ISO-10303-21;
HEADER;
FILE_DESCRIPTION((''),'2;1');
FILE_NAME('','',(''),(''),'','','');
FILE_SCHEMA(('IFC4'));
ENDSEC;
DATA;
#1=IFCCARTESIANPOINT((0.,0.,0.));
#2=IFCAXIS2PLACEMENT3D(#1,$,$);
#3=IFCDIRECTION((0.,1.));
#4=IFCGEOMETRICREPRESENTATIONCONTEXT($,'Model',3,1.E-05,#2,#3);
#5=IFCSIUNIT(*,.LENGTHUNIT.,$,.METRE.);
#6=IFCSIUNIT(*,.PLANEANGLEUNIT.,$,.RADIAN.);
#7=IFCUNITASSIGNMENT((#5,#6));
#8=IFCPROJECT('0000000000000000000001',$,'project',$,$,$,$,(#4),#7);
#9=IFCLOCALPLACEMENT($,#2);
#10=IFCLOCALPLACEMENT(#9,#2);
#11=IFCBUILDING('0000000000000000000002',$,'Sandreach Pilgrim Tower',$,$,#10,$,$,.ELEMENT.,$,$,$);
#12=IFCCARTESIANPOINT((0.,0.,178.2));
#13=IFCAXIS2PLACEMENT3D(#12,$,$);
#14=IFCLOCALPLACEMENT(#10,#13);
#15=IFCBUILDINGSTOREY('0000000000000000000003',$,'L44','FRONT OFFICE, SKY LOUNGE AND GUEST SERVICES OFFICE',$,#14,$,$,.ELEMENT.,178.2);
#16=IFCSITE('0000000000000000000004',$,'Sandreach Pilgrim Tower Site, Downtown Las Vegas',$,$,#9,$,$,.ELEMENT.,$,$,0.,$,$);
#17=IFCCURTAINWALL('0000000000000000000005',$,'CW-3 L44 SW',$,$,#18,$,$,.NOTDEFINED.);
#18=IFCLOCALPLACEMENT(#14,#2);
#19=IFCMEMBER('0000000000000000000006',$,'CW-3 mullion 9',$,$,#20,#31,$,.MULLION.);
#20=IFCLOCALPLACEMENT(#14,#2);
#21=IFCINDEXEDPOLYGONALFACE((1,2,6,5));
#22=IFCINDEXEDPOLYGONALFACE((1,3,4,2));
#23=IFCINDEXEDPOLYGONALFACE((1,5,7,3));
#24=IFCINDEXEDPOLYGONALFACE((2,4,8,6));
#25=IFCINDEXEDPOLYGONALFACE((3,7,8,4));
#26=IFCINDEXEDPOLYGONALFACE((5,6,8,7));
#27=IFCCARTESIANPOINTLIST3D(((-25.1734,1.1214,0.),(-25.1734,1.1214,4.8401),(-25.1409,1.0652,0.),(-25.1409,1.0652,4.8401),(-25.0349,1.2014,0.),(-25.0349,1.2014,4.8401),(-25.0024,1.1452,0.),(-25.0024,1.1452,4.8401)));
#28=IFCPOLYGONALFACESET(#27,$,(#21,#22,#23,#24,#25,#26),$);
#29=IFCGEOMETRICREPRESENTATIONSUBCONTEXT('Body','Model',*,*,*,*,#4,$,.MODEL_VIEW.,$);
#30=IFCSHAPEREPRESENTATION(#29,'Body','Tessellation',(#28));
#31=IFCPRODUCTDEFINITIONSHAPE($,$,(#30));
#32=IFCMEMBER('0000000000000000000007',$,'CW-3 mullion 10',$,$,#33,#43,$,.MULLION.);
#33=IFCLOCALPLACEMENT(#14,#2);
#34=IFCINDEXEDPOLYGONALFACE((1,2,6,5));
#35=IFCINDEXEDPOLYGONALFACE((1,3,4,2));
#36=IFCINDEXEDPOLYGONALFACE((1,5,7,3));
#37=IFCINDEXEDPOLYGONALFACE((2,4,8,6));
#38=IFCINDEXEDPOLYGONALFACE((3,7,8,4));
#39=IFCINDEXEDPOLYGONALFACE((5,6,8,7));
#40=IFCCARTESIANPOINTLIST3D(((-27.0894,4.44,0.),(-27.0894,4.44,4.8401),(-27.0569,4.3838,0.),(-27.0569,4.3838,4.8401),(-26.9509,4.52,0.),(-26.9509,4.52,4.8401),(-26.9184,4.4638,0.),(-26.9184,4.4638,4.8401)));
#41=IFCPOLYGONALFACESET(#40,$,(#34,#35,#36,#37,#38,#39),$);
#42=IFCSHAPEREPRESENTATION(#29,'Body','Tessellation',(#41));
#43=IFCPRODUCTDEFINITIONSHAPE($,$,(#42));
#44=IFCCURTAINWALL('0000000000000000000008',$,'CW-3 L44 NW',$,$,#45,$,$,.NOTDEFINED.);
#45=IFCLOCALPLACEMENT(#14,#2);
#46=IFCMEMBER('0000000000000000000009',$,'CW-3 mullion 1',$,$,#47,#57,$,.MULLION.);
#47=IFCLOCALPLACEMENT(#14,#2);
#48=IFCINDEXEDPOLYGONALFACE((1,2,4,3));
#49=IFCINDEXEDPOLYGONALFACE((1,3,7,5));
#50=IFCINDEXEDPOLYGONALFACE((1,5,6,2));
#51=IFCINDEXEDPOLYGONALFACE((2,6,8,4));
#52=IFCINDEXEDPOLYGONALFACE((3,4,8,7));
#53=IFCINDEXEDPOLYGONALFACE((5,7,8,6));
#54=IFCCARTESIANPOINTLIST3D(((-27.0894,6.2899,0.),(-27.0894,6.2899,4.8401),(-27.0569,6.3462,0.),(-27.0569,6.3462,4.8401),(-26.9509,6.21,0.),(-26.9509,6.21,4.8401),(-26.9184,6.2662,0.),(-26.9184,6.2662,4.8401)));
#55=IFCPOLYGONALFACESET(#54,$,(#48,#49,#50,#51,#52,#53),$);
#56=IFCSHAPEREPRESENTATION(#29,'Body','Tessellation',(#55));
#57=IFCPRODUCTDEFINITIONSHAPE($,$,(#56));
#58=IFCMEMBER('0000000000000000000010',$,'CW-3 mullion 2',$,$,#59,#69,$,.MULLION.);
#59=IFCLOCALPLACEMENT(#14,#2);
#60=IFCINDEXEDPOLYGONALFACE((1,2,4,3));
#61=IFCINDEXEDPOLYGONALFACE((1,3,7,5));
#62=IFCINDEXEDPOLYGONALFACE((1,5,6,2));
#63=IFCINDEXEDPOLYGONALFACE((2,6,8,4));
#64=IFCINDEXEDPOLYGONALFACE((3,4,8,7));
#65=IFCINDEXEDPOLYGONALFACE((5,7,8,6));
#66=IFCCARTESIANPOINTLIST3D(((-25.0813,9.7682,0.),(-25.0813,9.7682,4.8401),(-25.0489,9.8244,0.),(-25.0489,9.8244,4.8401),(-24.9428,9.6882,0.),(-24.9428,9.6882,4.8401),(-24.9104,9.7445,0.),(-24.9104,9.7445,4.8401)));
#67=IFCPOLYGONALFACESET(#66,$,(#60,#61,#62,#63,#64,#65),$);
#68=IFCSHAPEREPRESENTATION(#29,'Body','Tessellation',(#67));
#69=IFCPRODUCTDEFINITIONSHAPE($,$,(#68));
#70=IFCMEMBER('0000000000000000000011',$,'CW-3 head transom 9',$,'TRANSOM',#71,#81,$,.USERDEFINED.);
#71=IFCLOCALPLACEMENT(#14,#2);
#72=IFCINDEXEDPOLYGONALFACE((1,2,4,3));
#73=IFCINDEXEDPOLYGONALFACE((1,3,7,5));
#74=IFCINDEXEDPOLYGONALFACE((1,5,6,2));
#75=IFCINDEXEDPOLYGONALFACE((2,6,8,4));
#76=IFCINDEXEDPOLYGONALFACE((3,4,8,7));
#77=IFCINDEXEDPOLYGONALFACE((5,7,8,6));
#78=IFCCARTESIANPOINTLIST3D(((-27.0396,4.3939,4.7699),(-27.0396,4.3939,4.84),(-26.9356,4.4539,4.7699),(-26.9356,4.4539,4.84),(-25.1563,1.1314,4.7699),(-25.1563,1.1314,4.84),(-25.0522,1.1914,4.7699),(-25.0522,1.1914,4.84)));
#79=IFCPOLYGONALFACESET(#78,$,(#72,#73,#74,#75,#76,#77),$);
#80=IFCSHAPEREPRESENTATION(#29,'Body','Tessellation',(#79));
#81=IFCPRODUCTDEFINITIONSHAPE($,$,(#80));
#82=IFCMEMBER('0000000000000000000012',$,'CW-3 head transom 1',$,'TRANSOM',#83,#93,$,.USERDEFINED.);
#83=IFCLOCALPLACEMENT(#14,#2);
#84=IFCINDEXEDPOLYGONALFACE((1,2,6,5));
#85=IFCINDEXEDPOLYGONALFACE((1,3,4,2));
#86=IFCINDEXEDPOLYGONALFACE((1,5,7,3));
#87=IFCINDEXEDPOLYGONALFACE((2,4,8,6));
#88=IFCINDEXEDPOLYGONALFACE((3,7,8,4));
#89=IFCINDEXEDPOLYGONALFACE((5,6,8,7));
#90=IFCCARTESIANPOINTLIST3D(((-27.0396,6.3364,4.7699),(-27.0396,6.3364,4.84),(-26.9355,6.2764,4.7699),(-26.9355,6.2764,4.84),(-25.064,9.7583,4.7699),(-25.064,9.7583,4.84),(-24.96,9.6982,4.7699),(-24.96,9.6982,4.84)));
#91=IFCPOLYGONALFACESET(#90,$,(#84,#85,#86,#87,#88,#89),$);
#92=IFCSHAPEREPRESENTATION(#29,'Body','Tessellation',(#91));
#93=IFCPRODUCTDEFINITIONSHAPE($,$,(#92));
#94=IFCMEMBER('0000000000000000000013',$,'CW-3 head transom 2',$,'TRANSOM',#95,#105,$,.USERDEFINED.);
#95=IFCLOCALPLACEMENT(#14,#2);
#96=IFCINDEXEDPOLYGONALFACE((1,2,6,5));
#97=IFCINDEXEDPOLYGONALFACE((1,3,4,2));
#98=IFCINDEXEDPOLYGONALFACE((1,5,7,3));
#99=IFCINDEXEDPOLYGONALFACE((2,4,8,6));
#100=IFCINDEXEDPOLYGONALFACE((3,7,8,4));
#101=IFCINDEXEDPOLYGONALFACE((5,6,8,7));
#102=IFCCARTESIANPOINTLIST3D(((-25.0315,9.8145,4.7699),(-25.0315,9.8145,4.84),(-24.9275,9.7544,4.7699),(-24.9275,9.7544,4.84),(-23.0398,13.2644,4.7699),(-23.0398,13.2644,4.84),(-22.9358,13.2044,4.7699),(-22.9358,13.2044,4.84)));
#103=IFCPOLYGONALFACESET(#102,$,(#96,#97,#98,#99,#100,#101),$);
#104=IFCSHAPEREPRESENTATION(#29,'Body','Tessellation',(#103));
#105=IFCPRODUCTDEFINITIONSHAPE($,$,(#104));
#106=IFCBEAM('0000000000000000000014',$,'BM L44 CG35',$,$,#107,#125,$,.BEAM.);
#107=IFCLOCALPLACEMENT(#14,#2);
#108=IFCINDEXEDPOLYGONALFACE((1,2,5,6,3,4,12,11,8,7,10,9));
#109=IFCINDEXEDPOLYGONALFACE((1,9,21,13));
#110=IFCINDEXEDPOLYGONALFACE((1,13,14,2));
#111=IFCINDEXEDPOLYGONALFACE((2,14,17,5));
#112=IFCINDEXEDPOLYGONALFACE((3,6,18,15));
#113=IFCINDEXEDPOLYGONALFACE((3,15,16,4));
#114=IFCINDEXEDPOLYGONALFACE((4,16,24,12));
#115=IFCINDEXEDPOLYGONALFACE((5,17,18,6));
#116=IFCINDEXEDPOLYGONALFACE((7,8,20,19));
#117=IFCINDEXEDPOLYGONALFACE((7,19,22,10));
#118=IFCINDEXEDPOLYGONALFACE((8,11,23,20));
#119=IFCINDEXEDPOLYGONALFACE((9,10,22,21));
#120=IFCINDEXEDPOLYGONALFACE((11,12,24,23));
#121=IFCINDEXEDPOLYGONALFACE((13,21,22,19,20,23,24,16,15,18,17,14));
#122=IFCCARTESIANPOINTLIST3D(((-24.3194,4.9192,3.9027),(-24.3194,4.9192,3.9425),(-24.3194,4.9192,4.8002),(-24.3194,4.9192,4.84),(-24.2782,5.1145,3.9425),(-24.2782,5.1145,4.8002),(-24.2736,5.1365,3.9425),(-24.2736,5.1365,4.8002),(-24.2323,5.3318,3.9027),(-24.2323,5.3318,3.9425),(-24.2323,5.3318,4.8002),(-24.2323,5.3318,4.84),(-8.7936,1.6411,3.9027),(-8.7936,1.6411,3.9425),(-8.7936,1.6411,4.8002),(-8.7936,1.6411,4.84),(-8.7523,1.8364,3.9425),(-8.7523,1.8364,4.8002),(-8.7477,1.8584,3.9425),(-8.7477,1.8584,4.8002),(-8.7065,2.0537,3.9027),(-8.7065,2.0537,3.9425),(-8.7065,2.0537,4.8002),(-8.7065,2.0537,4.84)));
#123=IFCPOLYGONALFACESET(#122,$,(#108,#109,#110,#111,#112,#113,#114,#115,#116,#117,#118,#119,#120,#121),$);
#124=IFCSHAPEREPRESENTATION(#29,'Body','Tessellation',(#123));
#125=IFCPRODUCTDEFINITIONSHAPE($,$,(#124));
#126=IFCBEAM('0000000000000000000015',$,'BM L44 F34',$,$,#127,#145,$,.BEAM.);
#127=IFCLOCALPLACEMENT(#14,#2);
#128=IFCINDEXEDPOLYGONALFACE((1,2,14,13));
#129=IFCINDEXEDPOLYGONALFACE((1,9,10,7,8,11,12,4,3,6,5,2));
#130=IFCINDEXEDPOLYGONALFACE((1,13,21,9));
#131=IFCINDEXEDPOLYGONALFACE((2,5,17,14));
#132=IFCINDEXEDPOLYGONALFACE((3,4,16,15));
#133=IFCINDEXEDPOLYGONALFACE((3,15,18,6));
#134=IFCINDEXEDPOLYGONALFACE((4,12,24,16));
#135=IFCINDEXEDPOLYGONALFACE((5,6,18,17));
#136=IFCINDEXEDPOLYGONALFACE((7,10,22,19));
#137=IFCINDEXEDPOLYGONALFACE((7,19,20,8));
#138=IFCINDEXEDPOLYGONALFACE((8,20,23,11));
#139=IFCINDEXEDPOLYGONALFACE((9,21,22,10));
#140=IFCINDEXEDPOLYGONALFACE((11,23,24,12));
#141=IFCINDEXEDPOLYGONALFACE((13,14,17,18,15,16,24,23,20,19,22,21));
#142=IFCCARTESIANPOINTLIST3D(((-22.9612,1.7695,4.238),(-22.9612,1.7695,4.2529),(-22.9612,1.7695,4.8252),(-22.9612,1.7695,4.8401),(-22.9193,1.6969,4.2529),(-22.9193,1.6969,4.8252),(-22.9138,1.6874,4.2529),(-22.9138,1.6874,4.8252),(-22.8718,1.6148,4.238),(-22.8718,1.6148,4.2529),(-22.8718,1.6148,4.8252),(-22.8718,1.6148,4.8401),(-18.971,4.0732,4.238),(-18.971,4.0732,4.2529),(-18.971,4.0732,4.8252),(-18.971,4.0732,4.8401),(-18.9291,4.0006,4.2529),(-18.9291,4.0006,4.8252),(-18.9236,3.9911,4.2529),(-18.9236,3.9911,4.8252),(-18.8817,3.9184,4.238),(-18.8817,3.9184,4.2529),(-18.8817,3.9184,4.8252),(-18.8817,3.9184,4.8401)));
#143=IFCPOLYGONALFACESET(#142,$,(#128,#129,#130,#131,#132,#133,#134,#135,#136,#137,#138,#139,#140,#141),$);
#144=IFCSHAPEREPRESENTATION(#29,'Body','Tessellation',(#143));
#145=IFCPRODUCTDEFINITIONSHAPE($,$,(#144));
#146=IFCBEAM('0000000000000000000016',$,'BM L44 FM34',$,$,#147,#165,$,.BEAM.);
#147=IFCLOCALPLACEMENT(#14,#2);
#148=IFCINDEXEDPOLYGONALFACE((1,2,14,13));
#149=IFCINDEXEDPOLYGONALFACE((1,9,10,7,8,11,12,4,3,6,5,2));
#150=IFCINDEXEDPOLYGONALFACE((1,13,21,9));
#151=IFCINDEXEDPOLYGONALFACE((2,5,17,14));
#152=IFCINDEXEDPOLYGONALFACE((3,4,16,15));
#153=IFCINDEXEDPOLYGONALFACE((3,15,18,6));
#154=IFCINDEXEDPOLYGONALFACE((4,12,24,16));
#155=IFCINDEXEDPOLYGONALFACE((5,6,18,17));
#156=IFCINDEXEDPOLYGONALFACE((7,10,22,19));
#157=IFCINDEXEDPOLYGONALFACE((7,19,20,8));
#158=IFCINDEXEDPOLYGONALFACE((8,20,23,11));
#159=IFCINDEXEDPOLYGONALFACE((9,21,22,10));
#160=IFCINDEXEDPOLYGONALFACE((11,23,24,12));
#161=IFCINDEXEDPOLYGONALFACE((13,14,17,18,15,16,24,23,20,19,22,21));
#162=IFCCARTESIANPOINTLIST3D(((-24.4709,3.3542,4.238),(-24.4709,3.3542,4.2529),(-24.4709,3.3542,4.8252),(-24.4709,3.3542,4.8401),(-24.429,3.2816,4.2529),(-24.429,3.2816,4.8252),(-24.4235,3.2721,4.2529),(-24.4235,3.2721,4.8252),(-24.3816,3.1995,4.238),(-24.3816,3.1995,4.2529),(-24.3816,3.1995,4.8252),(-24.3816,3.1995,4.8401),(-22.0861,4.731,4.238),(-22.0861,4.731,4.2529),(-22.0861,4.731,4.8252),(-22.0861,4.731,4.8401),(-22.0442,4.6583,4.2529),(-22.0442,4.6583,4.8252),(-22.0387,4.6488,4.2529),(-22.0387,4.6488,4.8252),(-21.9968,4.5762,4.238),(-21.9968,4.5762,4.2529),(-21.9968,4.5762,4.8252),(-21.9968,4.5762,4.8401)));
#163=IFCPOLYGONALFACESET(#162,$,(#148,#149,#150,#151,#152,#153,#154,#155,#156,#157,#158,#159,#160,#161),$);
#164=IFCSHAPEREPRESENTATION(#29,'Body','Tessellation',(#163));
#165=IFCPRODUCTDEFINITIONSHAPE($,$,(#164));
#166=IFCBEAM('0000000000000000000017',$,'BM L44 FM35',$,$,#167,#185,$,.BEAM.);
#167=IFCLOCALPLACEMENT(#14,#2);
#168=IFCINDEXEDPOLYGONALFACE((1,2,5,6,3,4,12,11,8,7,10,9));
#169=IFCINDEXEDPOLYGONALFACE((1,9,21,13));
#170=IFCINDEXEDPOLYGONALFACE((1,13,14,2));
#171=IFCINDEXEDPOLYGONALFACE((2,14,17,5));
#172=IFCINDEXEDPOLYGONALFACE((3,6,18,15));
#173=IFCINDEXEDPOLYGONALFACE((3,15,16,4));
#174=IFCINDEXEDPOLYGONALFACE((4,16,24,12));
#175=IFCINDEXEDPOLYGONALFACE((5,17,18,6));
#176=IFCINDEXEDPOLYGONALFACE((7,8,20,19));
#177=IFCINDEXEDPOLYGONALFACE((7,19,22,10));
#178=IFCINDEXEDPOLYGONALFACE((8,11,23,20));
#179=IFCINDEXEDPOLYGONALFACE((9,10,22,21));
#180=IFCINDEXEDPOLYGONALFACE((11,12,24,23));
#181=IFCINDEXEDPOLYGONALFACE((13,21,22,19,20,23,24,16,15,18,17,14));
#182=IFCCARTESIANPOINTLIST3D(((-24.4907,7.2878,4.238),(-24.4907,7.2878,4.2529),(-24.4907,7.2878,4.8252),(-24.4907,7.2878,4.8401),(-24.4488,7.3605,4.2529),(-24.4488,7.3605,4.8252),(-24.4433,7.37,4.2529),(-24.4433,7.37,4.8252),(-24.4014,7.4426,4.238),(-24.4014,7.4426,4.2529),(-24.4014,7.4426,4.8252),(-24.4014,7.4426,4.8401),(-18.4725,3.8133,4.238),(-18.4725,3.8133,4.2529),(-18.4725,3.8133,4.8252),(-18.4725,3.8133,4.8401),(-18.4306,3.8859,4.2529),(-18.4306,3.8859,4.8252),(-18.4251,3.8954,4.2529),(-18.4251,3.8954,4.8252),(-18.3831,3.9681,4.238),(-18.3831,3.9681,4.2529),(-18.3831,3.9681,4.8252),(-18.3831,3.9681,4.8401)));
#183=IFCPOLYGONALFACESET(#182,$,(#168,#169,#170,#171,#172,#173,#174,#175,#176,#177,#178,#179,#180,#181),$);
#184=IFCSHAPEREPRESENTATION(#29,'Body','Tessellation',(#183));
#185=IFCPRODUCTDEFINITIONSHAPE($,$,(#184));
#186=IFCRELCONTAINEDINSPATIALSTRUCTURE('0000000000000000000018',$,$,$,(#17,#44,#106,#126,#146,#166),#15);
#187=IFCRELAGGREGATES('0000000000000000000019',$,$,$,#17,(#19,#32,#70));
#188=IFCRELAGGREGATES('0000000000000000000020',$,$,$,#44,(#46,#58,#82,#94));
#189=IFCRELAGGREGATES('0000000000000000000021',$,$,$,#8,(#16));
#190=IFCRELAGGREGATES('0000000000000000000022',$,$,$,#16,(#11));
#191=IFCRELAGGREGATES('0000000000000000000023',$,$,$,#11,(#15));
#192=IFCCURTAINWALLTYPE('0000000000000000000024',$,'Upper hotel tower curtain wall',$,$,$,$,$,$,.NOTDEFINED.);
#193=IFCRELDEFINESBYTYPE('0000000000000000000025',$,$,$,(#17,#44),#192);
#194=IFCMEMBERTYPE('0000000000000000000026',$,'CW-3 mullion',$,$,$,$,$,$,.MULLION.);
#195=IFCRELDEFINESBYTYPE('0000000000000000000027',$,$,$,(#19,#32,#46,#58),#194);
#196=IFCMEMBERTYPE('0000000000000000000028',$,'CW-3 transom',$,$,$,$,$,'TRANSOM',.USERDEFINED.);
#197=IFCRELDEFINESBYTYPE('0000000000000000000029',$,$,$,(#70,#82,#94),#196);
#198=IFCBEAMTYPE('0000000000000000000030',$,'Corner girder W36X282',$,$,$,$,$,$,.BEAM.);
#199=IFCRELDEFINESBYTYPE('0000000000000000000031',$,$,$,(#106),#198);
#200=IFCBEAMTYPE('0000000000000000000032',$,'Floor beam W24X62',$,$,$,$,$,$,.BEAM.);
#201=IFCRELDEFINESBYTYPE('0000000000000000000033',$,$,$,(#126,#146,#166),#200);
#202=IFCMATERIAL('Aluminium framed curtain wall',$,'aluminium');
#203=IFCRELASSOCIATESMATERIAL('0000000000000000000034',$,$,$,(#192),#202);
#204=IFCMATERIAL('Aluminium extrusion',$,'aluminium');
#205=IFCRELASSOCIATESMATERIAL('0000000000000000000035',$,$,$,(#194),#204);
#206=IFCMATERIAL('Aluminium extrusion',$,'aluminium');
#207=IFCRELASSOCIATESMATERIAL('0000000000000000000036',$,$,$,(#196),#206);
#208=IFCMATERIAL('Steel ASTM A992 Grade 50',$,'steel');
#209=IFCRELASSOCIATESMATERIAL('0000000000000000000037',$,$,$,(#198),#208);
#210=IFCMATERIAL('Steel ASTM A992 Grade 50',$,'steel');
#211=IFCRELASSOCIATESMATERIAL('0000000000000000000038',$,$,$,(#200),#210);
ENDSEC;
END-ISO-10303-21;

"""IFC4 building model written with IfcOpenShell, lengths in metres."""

from ifc_helpers import new_model, si_unit, direction, frame, origin, origin_2d, place, context, subcontext, project, spatial, rectangle, i_section, extrude, material, material_profile, profile_set, type_object, element, aggregate, save


model = new_model("IFC4")

# Units and contexts
model_context = context("Model", 3, precision=1e-05, world=origin(), true_north=direction((0.0, 1.0)))
body_context = subcontext(model_context, "Body", "Model", "MODEL_VIEW")
ifc_project = project(units=[si_unit("LENGTHUNIT", "METRE"), si_unit("PLANEANGLEUNIT", "RADIAN")], contexts=[model_context])

# Site, building, storey
site_placement = place(None, origin())
site = spatial("IfcSite", under=ifc_project, at=site_placement, Name="Sandreach Pilgrim Tower Site, Downtown Las Vegas", CompositionType="ELEMENT", RefElevation=0.0)
building_placement = place(site_placement, origin())
building = spatial("IfcBuilding", under=site, at=building_placement, Name="Sandreach Pilgrim Tower", CompositionType="ELEMENT")
storey_placement = place(building_placement, frame((0.0, 0.0, 178.2)))
storey = spatial("IfcBuildingStorey", under=building, at=storey_placement, Name="L44", Description="FRONT OFFICE, SKY LOUNGE AND GUEST SERVICES OFFICE", CompositionType="ELEMENT", Elevation=178.2)

# Curtain walls, members
ifc_material_1 = material(Name="Aluminium framed curtain wall", Category="aluminium")
curtain_wall_type = type_object("IfcCurtainWallType", Name="Upper hotel tower curtain wall", PredefinedType="NOTDEFINED", material=ifc_material_1)
curtain_wall_1_placement = place(storey_placement, origin())
curtain_wall_1 = element("IfcCurtainWall", 1, at=curtain_wall_1_placement, inside=storey, type_object=curtain_wall_type, Name="CW-3 L44 SW", PredefinedType="NOTDEFINED")
ifc_material_2 = material(Name="Aluminium extrusion", Category="aluminium")
ifc_material_profile_1 = material_profile(ifc_material_2, rectangle(XDim=0.0649, YDim=0.1599, at=origin_2d()), Name="CW-3M 65X160")
ifc_profile_set_1 = profile_set([ifc_material_profile_1], Name="Aluminium extrusion")
member_type_1 = type_object("IfcMemberType", Name="CW-3 mullion", PredefinedType="MULLION", material=ifc_profile_set_1)
member_1_placement = place(storey_placement, frame((-25.0879, 1.1333, 0.0), z_axis=(0.0, 0.0, 1.0), x_axis=(-0.5, 0.866025, 0.0)))
member_1 = element("IfcMember", 2, at=member_1_placement, type_object=member_type_1, Name="CW-3 mullion 9", PredefinedType="MULLION", context=body_context, shape_type="SweptSolid", body=[
    extrude(rectangle(XDim=0.0649, YDim=0.1599, at=origin_2d()), origin(), (0.0, 0.0, 1.0), 4.8401),
])
member_2_placement = place(storey_placement, frame((-27.0039, 4.4519, 0.0), z_axis=(0.0, 0.0, 1.0), x_axis=(-0.5, 0.866025, 0.0)))
member_2 = element("IfcMember", 3, at=member_2_placement, type_object=member_type_1, Name="CW-3 mullion 10", PredefinedType="MULLION", context=body_context, shape_type="SweptSolid", body=[
    extrude(rectangle(XDim=0.0649, YDim=0.1599, at=origin_2d()), origin(), (0.0, 0.0, 1.0), 4.8401),
])
curtain_wall_2_placement = place(storey_placement, origin())
curtain_wall_2 = element("IfcCurtainWall", 4, at=curtain_wall_2_placement, inside=storey, type_object=curtain_wall_type, Name="CW-3 L44 NW", PredefinedType="NOTDEFINED")
member_3_placement = place(storey_placement, frame((-27.0039, 6.2781, 0.0), z_axis=(0.0, 0.0, 1.0), x_axis=(0.5, 0.866025, 0.0)))
member_3 = element("IfcMember", 5, at=member_3_placement, type_object=member_type_1, Name="CW-3 mullion 1", PredefinedType="MULLION", context=body_context, shape_type="SweptSolid", body=[
    extrude(rectangle(XDim=0.0649, YDim=0.1599, at=origin_2d()), origin(), (0.0, 0.0, 1.0), 4.8401),
])
member_4_placement = place(storey_placement, frame((-24.9958, 9.7563, 0.0), z_axis=(0.0, 0.0, 1.0), x_axis=(0.5, 0.866025, 0.0)))
member_4 = element("IfcMember", 6, at=member_4_placement, type_object=member_type_1, Name="CW-3 mullion 2", PredefinedType="MULLION", context=body_context, shape_type="SweptSolid", body=[
    extrude(rectangle(XDim=0.0649, YDim=0.1599, at=origin_2d()), origin(), (0.0, 0.0, 1.0), 4.8401),
])

# Members
ifc_material_3 = material(Name="Aluminium extrusion", Category="aluminium")
ifc_material_profile_2 = material_profile(ifc_material_3, rectangle(XDim=0.1201, YDim=0.0701, at=origin_2d()), Name="CW-3T 120X70")
ifc_profile_set_2 = profile_set([ifc_material_profile_2], Name="Aluminium extrusion")
member_type_2 = type_object("IfcMemberType", Name="CW-3 transom", ElementType="TRANSOM", PredefinedType="USERDEFINED", material=ifc_profile_set_2)
member_5_placement = place(storey_placement, frame((-25.1042, 1.1614, 4.8049), z_axis=(-0.499945, 0.866057, 0.0), x_axis=(-0.866057, -0.499945, 0.0)))
member_5 = element("IfcMember", 7, at=member_5_placement, type_object=member_type_2, Name="CW-3 head transom 9", ObjectType="TRANSOM", PredefinedType="USERDEFINED", context=body_context, shape_type="SweptSolid", body=[
    extrude(rectangle(XDim=0.1201, YDim=0.0701, at=origin_2d()), origin(), (0.0, 0.0, 1.0), 3.7671),
])
member_6_placement = place(storey_placement, frame((-26.9875, 6.3064, 4.8049), z_axis=(0.499993, 0.866029, 0.0), x_axis=(-0.866029, 0.499993, 0.0)))
member_6 = element("IfcMember", 8, at=member_6_placement, type_object=member_type_2, Name="CW-3 head transom 1", ObjectType="TRANSOM", PredefinedType="USERDEFINED", context=body_context, shape_type="SweptSolid", body=[
    extrude(rectangle(XDim=0.1201, YDim=0.0701, at=origin_2d()), origin(), (0.0, 0.0, 1.0), 3.9512),
])
member_7_placement = place(storey_placement, frame((-24.9795, 9.7844, 4.8049), z_axis=(0.499975, 0.86604, 0.0), x_axis=(-0.86604, 0.499975, 0.0)))
member_7 = element("IfcMember", 9, at=member_7_placement, type_object=member_type_2, Name="CW-3 head transom 2", ObjectType="TRANSOM", PredefinedType="USERDEFINED", context=body_context, shape_type="SweptSolid", body=[
    extrude(rectangle(XDim=0.1201, YDim=0.0701, at=origin_2d()), origin(), (0.0, 0.0, 1.0), 3.9836),
])

# Beams
ifc_material_4 = material(Name="Steel ASTM A992 Grade 50", Category="steel")
ifc_material_profile_3 = material_profile(ifc_material_4, i_section(OverallWidth=0.4216, OverallDepth=0.9373, WebThickness=0.0225, FlangeThickness=0.0398, at=origin_2d()), Name="W36X282")
ifc_profile_set_3 = profile_set([ifc_material_profile_3], Name="Steel ASTM A992 Grade 50")
beam_type_1 = type_object("IfcBeamType", Name="Corner girder W36X282", PredefinedType="BEAM", material=ifc_profile_set_3)
beam_1_placement = place(storey_placement, frame((-24.2759, 5.1255, 4.3713), z_axis=(0.978429, -0.206582, 0.0), x_axis=(0.206582, 0.978429, 0.0)))
element("IfcBeam", 10, at=beam_1_placement, inside=storey, type_object=beam_type_1, Name="BM L44 CG35", PredefinedType="BEAM", context=body_context, shape_type="SweptSolid", body=[
    extrude(i_section(OverallWidth=0.4216, OverallDepth=0.9373, WebThickness=0.0225, FlangeThickness=0.0398, at=origin_2d()), origin(), (0.0, 0.0, 1.0), 15.8682),
])
ifc_material_5 = material(Name="Steel ASTM A992 Grade 50", Category="steel")
ifc_material_profile_4 = material_profile(ifc_material_5, i_section(OverallWidth=0.1787, OverallDepth=0.6021, WebThickness=0.011, FlangeThickness=0.0149, at=origin_2d()), Name="W24X62")
ifc_profile_set_4 = profile_set([ifc_material_profile_4], Name="Steel ASTM A992 Grade 50")
beam_type_2 = type_object("IfcBeamType", Name="Floor beam W24X62", PredefinedType="BEAM", material=ifc_profile_set_4)
beam_2_placement = place(storey_placement, frame((-22.9165, 1.6921, 4.5391), z_axis=(0.86603, 0.499992, 0.0), x_axis=(-0.499992, 0.86603, 0.0)))
element("IfcBeam", 11, at=beam_2_placement, inside=storey, type_object=beam_type_2, Name="BM L44 F34", PredefinedType="BEAM", context=body_context, shape_type="SweptSolid", body=[
    extrude(i_section(OverallWidth=0.1787, OverallDepth=0.6021, WebThickness=0.011, FlangeThickness=0.0149, at=origin_2d()), origin(), (0.0, 0.0, 1.0), 4.6074),
])
beam_3_placement = place(storey_placement, frame((-24.4263, 3.2769, 4.5391), z_axis=(0.866047, 0.499963, 0.0), x_axis=(-0.499963, 0.866047, 0.0)))
element("IfcBeam", 12, at=beam_3_placement, inside=storey, type_object=beam_type_2, Name="BM L44 FM34", PredefinedType="BEAM", context=body_context, shape_type="SweptSolid", body=[
    extrude(i_section(OverallWidth=0.1787, OverallDepth=0.6021, WebThickness=0.011, FlangeThickness=0.0149, at=origin_2d()), origin(), (0.0, 0.0, 1.0), 2.7537),
])
beam_4_placement = place(storey_placement, frame((-24.446, 7.3652, 4.5391), z_axis=(0.866029, -0.499993, 0.0), x_axis=(0.499993, 0.866029, 0.0)))
element("IfcBeam", 13, at=beam_4_placement, inside=storey, type_object=beam_type_2, Name="BM L44 FM35", PredefinedType="BEAM", context=body_context, shape_type="SweptSolid", body=[
    extrude(i_section(OverallWidth=0.1787, OverallDepth=0.6021, WebThickness=0.011, FlangeThickness=0.0149, at=origin_2d()), origin(), (0.0, 0.0, 1.0), 6.9492),
])

aggregate(curtain_wall_1, [member_1, member_2, member_5])
aggregate(curtain_wall_2, [member_3, member_4, member_6, member_7])

save(model, "model.ifc")
